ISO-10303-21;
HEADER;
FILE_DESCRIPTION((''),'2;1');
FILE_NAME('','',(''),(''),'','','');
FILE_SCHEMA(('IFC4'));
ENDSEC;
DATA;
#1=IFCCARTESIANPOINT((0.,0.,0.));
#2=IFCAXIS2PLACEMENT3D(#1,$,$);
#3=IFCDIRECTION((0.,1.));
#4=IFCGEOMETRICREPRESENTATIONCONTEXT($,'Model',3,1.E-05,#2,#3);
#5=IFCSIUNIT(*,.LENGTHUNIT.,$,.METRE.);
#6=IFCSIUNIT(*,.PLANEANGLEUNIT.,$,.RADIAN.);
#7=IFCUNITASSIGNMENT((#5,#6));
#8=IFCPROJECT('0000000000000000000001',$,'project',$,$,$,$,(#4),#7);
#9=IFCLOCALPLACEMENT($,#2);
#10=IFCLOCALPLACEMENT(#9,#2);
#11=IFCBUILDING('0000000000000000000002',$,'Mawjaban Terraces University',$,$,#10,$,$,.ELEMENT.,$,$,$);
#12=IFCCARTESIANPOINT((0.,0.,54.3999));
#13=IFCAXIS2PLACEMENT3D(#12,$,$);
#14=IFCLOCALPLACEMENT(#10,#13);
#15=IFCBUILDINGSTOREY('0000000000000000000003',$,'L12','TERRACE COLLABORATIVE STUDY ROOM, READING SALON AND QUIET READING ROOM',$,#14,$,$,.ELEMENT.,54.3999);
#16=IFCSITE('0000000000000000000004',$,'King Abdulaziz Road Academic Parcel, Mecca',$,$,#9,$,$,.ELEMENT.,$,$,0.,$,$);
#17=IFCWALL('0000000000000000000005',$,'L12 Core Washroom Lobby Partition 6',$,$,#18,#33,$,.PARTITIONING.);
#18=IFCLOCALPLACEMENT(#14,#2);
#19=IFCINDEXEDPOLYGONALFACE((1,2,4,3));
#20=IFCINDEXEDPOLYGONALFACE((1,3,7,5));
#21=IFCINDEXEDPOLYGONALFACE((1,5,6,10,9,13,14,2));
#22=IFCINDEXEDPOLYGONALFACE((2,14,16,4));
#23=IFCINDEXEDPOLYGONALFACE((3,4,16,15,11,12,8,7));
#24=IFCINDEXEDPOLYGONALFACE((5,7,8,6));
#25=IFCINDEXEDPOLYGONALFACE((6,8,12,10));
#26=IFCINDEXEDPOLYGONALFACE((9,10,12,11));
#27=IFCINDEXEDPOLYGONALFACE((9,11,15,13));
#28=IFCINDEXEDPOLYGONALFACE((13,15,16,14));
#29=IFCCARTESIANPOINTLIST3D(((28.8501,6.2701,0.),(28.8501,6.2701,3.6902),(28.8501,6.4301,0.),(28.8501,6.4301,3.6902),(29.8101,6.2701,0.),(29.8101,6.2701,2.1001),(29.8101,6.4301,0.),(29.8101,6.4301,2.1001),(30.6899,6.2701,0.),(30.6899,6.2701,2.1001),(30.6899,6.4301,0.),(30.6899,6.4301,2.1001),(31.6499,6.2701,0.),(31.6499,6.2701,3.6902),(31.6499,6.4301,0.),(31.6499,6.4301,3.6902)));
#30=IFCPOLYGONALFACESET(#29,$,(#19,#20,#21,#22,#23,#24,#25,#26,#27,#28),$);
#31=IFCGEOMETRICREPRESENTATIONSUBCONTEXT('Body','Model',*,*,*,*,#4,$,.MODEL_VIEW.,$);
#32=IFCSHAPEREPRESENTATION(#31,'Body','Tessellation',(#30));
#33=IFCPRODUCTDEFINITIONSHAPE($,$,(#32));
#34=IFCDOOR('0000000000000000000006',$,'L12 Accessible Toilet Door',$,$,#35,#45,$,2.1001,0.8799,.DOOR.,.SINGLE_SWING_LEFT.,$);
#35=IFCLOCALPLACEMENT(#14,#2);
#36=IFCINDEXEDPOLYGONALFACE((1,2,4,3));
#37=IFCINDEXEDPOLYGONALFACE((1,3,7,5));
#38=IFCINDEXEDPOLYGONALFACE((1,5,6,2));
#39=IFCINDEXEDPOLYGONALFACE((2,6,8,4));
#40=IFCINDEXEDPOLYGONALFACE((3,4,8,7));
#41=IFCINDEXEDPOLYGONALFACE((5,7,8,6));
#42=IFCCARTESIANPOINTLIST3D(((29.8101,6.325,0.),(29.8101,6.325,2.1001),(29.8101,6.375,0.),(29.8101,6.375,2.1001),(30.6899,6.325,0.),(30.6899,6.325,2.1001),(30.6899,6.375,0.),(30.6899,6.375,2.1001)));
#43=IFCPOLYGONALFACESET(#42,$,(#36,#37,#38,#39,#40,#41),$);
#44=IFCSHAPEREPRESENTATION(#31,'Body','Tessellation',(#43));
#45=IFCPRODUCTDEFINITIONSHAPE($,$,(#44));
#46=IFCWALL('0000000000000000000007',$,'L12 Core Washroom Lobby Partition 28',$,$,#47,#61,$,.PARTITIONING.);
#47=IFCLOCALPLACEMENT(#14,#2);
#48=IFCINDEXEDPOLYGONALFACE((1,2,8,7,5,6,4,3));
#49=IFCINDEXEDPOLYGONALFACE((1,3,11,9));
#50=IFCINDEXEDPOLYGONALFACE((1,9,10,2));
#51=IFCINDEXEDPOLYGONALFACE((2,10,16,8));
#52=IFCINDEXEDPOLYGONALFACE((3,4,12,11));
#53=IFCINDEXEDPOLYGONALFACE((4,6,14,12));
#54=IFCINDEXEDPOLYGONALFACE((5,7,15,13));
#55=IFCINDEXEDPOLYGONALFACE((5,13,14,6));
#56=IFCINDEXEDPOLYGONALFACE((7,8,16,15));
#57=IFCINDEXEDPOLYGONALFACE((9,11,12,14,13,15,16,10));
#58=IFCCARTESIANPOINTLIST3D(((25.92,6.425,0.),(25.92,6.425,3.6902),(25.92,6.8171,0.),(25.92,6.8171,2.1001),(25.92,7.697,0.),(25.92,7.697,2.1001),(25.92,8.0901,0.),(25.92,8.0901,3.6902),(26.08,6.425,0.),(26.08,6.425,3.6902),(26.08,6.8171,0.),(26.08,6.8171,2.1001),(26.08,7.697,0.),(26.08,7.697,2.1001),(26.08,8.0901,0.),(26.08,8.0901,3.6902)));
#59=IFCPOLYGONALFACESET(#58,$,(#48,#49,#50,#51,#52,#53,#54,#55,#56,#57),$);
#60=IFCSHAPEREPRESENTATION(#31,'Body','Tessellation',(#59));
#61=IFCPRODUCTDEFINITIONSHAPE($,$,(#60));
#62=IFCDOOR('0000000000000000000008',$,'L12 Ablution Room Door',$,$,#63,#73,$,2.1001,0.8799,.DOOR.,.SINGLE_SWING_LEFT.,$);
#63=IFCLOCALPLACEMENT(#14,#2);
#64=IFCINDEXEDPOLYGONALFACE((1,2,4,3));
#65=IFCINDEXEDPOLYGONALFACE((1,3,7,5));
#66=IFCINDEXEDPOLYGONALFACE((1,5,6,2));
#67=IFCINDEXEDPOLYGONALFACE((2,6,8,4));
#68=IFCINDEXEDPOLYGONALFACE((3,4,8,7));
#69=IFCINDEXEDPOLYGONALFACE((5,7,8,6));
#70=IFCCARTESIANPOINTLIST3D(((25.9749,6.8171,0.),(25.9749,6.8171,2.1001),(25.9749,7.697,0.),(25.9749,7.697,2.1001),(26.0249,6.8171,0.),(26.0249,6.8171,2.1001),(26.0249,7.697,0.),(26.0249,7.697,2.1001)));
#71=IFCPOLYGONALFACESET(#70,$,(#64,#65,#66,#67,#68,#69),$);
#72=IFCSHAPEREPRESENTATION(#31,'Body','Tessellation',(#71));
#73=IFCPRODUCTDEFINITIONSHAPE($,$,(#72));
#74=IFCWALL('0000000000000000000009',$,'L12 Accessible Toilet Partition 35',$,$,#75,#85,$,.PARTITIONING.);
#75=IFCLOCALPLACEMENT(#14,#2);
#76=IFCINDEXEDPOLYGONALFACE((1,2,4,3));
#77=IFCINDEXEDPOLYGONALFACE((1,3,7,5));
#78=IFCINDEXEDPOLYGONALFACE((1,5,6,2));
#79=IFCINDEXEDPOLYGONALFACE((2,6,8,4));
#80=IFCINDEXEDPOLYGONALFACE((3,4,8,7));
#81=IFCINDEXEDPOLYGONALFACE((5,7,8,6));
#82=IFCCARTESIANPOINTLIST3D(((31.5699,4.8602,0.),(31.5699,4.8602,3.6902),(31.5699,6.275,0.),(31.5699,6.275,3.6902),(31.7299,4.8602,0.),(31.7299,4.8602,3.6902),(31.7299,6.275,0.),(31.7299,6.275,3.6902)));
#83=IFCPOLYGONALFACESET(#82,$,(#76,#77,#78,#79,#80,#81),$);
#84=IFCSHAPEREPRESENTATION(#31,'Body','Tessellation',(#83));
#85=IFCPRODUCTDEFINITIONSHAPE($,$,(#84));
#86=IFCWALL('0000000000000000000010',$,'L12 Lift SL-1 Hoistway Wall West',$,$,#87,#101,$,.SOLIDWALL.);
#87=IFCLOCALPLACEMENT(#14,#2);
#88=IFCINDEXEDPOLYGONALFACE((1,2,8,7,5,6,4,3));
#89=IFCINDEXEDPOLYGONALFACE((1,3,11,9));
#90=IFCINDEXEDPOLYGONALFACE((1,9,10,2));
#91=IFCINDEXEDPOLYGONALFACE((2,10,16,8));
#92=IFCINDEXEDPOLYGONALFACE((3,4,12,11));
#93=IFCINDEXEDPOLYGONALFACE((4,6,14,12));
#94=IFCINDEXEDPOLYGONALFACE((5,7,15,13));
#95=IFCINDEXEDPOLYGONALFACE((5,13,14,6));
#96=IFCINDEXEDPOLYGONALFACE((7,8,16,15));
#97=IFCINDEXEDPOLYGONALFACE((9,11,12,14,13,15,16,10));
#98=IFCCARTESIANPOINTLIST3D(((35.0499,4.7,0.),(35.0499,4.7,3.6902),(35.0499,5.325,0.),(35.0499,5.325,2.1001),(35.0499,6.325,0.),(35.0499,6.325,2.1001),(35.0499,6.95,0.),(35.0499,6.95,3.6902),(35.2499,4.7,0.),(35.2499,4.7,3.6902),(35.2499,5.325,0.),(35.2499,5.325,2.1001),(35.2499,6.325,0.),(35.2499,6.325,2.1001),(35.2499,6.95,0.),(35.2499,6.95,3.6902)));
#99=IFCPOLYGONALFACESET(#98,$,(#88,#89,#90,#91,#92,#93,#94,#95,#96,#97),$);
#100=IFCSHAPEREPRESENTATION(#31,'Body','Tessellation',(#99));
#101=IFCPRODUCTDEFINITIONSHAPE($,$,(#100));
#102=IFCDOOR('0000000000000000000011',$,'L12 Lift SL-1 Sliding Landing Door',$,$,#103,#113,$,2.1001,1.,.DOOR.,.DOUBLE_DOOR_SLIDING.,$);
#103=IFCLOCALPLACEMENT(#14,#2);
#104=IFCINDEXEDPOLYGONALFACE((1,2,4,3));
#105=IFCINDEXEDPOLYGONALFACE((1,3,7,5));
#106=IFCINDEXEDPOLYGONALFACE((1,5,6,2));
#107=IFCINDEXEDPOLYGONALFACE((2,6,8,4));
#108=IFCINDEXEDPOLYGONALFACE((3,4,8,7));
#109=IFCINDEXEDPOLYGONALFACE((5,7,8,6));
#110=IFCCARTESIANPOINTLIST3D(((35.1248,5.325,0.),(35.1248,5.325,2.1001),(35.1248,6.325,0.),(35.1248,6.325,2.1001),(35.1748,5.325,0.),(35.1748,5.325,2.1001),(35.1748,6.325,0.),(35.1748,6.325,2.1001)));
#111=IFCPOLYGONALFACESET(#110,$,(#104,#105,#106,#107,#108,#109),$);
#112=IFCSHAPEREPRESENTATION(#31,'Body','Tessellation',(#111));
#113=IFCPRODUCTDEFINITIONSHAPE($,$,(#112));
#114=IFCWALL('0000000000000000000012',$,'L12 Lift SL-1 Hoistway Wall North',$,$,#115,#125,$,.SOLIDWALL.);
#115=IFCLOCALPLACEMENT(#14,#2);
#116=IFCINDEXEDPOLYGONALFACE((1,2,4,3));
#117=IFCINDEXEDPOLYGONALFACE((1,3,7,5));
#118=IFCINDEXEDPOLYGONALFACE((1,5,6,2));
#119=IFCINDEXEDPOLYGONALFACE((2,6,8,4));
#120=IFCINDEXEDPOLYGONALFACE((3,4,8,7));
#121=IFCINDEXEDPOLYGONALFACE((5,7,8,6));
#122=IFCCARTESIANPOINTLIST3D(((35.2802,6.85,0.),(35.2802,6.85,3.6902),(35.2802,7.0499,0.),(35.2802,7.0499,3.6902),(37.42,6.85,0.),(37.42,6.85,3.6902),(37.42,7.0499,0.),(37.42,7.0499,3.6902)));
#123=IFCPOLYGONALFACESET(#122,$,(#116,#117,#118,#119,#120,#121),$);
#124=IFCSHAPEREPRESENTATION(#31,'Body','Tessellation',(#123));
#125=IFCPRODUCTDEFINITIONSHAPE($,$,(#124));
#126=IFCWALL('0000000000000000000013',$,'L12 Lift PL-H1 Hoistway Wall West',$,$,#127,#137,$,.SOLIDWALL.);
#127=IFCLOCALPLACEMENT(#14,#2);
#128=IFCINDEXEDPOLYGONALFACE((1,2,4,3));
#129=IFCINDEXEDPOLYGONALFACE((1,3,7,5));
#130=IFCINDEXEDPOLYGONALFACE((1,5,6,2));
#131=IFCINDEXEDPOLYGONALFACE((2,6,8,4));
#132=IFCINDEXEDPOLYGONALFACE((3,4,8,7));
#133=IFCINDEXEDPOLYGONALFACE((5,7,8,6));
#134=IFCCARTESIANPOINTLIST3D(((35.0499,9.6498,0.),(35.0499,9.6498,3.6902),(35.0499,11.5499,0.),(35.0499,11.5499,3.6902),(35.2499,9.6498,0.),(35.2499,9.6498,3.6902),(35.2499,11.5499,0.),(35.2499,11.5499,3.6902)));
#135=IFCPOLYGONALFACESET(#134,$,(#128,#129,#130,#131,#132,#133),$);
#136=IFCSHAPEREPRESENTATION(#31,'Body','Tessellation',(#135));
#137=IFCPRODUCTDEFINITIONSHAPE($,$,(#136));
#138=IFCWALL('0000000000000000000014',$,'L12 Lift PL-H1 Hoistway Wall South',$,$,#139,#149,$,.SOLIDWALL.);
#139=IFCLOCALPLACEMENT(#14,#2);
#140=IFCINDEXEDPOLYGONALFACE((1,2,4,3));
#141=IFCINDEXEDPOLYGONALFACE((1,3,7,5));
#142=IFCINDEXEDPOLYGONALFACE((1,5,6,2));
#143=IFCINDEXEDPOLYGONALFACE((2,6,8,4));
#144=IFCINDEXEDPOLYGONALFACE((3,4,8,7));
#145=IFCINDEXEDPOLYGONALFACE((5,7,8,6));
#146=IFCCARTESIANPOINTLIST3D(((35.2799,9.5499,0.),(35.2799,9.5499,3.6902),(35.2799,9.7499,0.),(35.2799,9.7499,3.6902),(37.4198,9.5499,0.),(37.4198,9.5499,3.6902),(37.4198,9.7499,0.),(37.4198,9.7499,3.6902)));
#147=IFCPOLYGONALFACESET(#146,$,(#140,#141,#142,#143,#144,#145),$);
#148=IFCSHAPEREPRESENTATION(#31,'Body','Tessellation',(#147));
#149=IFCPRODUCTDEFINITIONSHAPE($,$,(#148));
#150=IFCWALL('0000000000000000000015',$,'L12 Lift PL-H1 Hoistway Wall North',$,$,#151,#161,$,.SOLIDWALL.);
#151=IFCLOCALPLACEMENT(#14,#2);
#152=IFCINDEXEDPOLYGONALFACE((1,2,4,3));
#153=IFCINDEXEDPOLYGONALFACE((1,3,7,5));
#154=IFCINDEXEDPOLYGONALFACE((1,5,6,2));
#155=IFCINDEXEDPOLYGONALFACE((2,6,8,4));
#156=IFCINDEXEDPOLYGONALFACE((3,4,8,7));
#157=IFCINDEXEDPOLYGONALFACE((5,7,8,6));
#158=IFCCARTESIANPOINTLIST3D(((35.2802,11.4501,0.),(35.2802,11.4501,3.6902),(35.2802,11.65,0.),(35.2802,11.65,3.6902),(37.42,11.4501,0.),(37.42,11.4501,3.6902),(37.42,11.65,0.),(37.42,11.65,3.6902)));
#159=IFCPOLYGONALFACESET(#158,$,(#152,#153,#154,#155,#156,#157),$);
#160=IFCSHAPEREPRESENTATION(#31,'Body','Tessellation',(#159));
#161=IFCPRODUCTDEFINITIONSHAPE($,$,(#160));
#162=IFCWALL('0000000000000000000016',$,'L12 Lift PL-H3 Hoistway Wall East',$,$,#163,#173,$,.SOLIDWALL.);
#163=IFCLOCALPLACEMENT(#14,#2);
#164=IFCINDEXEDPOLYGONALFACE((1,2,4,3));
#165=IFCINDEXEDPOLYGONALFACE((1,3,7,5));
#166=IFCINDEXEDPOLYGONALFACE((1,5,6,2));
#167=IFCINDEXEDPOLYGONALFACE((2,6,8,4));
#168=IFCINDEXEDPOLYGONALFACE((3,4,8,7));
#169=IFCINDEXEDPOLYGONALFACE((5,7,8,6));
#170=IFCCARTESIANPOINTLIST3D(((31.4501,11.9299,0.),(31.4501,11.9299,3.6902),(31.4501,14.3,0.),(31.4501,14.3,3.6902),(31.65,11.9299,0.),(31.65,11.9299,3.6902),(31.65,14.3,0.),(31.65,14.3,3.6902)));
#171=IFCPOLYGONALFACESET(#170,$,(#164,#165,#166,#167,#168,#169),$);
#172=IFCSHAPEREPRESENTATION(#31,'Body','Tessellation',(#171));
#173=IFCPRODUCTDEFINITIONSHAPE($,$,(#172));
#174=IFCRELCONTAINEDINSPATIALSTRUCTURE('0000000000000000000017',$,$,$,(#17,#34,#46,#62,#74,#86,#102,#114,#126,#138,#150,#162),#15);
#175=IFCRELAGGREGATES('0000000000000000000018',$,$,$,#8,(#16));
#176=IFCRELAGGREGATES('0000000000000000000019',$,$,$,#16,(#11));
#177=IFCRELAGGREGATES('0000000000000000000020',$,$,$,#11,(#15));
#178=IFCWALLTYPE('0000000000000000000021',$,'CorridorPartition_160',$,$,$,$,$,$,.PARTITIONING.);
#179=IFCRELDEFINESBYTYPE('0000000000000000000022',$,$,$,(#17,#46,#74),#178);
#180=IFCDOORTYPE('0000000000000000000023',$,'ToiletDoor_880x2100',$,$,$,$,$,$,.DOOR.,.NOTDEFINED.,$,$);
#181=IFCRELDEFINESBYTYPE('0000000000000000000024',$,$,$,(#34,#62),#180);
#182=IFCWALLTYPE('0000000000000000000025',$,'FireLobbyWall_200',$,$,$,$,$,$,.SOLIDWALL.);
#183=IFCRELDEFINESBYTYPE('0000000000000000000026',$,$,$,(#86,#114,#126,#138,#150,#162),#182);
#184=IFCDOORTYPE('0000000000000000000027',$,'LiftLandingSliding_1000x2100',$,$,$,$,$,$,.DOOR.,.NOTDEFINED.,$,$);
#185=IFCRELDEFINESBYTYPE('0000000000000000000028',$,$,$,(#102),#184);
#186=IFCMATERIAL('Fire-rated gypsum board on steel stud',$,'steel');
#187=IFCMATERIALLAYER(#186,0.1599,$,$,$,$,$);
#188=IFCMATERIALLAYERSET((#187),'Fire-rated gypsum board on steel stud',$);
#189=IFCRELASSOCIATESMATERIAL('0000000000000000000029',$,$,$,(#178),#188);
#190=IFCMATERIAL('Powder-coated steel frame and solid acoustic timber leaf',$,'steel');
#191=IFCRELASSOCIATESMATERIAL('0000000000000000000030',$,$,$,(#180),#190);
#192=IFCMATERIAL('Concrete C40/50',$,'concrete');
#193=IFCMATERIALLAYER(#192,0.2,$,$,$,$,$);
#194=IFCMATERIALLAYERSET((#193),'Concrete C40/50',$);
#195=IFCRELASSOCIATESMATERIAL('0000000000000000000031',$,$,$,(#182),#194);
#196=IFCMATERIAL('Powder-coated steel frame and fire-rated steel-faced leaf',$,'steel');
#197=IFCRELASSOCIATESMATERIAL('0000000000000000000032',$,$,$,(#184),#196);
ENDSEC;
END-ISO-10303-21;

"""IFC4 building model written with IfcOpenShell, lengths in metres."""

from ifc_helpers import new_model, si_unit, direction, frame, frame_2d, origin, place, context, subcontext, project, spatial, rectangle, extrude, material, layer, layer_set, type_object, element, fill, save


model = new_model("IFC4")

# Units and contexts
model_context = context("Model", 3, precision=1e-05, world=origin(), true_north=direction((0.0, 1.0)))
body_context = subcontext(model_context, "Body", "Model", "MODEL_VIEW")
ifc_project = project(units=[si_unit("LENGTHUNIT", "METRE"), si_unit("PLANEANGLEUNIT", "RADIAN")], contexts=[model_context])

# Site, building, storey
site_placement = place(None, origin())
site = spatial("IfcSite", under=ifc_project, at=site_placement, Name="King Abdulaziz Road Academic Parcel, Mecca", CompositionType="ELEMENT", RefElevation=0.0)
building_placement = place(site_placement, origin())
building = spatial("IfcBuilding", under=site, at=building_placement, Name="Mawjaban Terraces University", CompositionType="ELEMENT")
storey_placement = place(building_placement, frame((0.0, 0.0, 54.3999)))
storey = spatial("IfcBuildingStorey", under=building, at=storey_placement, Name="L12", Description="TERRACE COLLABORATIVE STUDY ROOM, READING SALON AND QUIET READING ROOM", CompositionType="ELEMENT", Elevation=54.3999)

# Walls, openings, doors
ifc_material_1 = material(Name="Fire-rated gypsum board on steel stud", Category="steel")
ifc_layer_1 = layer(ifc_material_1, 0.1599)
ifc_layer_set_1 = layer_set([ifc_layer_1], Name="Fire-rated gypsum board on steel stud")
wall_type_1 = type_object("IfcWallType", Name="CorridorPartition_160", PredefinedType="PARTITIONING", material=ifc_layer_set_1)
wall_1_placement = place(storey_placement, frame((28.8501, 6.3501, 0.0), z_axis=(0.0, 0.0, 1.0), x_axis=(1.0, 0.0, 0.0)))
wall_1 = element("IfcWall", 1, at=wall_1_placement, inside=storey, type_object=wall_type_1, Name="L12 Core Washroom Lobby Partition 6", PredefinedType="PARTITIONING", context=body_context, shape_type="SweptSolid", body=[
    extrude(rectangle(XDim=2.7998, YDim=0.1599, at=frame_2d((1.3999, 0.0))), origin(), (0.0, 0.0, 1.0), 3.6902),
])
opening_1_placement = place(wall_1_placement, frame((0.96, 0.0, 0.0)))
opening_1 = element("IfcOpeningElement", 2, at=opening_1_placement, cuts=wall_1, PredefinedType="OPENING", context=body_context, shape_type="SweptSolid", body=[
    extrude(rectangle(XDim=0.8799, YDim=2.1001, at=frame_2d((0.4399, 1.05))), frame((0.0, 0.0898, 0.0), z_axis=(0.0, -1.0, 0.0), x_axis=(1.0, 0.0, 0.0)), (0.0, 0.0, 1.0), 0.1799),
])
ifc_material_2 = material(Name="Powder-coated steel frame and solid acoustic timber leaf", Category="steel")
door_type_1 = type_object("IfcDoorType", Name="ToiletDoor_880x2100", OperationType="NOTDEFINED", PredefinedType="DOOR", material=ifc_material_2)
door_1_placement = place(opening_1_placement, origin())
door_1 = element("IfcDoor", 3, at=door_1_placement, inside=storey, type_object=door_type_1, Name="L12 Accessible Toilet Door", OperationType="SINGLE_SWING_LEFT", OverallHeight=2.1001, OverallWidth=0.8799, PredefinedType="DOOR", context=body_context, shape_type="SweptSolid", body=[
    extrude(rectangle(XDim=0.8799, YDim=2.1001, at=frame_2d((0.4399, 1.05))), frame((0.0, 0.0249, 0.0), z_axis=(0.0, -1.0, 0.0), x_axis=(1.0, 0.0, 0.0)), (0.0, 0.0, 1.0), 0.05),
])
fill(opening_1, door_1)
wall_2_placement = place(storey_placement, frame((26.0, 8.0901, 0.0), z_axis=(0.0, 0.0, 1.0), x_axis=(0.0, -1.0, 0.0)))
wall_2 = element("IfcWall", 4, at=wall_2_placement, inside=storey, type_object=wall_type_1, Name="L12 Core Washroom Lobby Partition 28", PredefinedType="PARTITIONING", context=body_context, shape_type="SweptSolid", body=[
    extrude(rectangle(XDim=1.665, YDim=0.1599, at=frame_2d((0.8325, 0.0))), origin(), (0.0, 0.0, 1.0), 3.6902),
])
opening_2_placement = place(wall_2_placement, frame((0.3931, 0.0, 0.0)))
opening_2 = element("IfcOpeningElement", 5, at=opening_2_placement, cuts=wall_2, PredefinedType="OPENING", context=body_context, shape_type="SweptSolid", body=[
    extrude(rectangle(XDim=0.8799, YDim=2.1001, at=frame_2d((0.4399, 1.05))), frame((0.0, 0.0898, 0.0), z_axis=(0.0, -1.0, 0.0), x_axis=(1.0, 0.0, 0.0)), (0.0, 0.0, 1.0), 0.1799),
])
door_2_placement = place(opening_2_placement, origin())
door_2 = element("IfcDoor", 6, at=door_2_placement, inside=storey, type_object=door_type_1, Name="L12 Ablution Room Door", OperationType="SINGLE_SWING_LEFT", OverallHeight=2.1001, OverallWidth=0.8799, PredefinedType="DOOR", context=body_context, shape_type="SweptSolid", body=[
    extrude(rectangle(XDim=0.8799, YDim=2.1001, at=frame_2d((0.4399, 1.05))), frame((0.0, 0.0249, 0.0), z_axis=(0.0, -1.0, 0.0), x_axis=(1.0, 0.0, 0.0)), (0.0, 0.0, 1.0), 0.05),
])
fill(opening_2, door_2)

# Wall
wall_3_placement = place(storey_placement, frame((31.6499, 4.8601, 0.0), z_axis=(0.0, 0.0, 1.0), x_axis=(0.0, 1.0, 0.0)))
element("IfcWall", 7, at=wall_3_placement, inside=storey, type_object=wall_type_1, Name="L12 Accessible Toilet Partition 35", PredefinedType="PARTITIONING", context=body_context, shape_type="SweptSolid", body=[
    extrude(rectangle(XDim=1.4148, YDim=0.1599, at=frame_2d((0.7075, 0.0))), origin(), (0.0, 0.0, 1.0), 3.6902),
])

# Wall, opening, door
ifc_material_3 = material(Name="Concrete C40/50", Category="concrete")
ifc_layer_2 = layer(ifc_material_3, 0.2)
ifc_layer_set_2 = layer_set([ifc_layer_2], Name="Concrete C40/50")
wall_type_2 = type_object("IfcWallType", Name="FireLobbyWall_200", PredefinedType="SOLIDWALL", material=ifc_layer_set_2)
wall_4_placement = place(storey_placement, frame((35.1499, 6.95, 0.0), z_axis=(0.0, 0.0, 1.0), x_axis=(0.0, -1.0, 0.0)))
wall_4 = element("IfcWall", 8, at=wall_4_placement, inside=storey, type_object=wall_type_2, Name="L12 Lift SL-1 Hoistway Wall West", PredefinedType="SOLIDWALL", context=body_context, shape_type="SweptSolid", body=[
    extrude(rectangle(XDim=2.25, YDim=0.2, at=frame_2d((1.125, 0.0))), origin(), (0.0, 0.0, 1.0), 3.6902),
])
opening_3_placement = place(wall_4_placement, frame((0.625, 0.0, 0.0)))
opening_3 = element("IfcOpeningElement", 9, at=opening_3_placement, cuts=wall_4, PredefinedType="OPENING", context=body_context, shape_type="SweptSolid", body=[
    extrude(rectangle(XDim=1.0, YDim=2.1001, at=frame_2d((0.5, 1.05))), frame((0.0, 0.1099, 0.0), z_axis=(0.0, -1.0, 0.0), x_axis=(1.0, 0.0, 0.0)), (0.0, 0.0, 1.0), 0.22),
])
ifc_material_4 = material(Name="Powder-coated steel frame and fire-rated steel-faced leaf", Category="steel")
door_type_2 = type_object("IfcDoorType", Name="LiftLandingSliding_1000x2100", OperationType="NOTDEFINED", PredefinedType="DOOR", material=ifc_material_4)
door_3_placement = place(opening_3_placement, origin())
door_3 = element("IfcDoor", 10, at=door_3_placement, inside=storey, type_object=door_type_2, Name="L12 Lift SL-1 Sliding Landing Door", OperationType="DOUBLE_DOOR_SLIDING", OverallHeight=2.1001, OverallWidth=1.0, PredefinedType="DOOR", context=body_context, shape_type="SweptSolid", body=[
    extrude(rectangle(XDim=1.0, YDim=2.1001, at=frame_2d((0.5, 1.05))), frame((0.0, 0.0249, 0.0), z_axis=(0.0, -1.0, 0.0), x_axis=(1.0, 0.0, 0.0)), (0.0, 0.0, 1.0), 0.05),
])
fill(opening_3, door_3)

# Walls
wall_5_placement = place(storey_placement, frame((37.4199, 6.95, 0.0), z_axis=(0.0, 0.0, 1.0), x_axis=(-1.0, 0.0, 0.0)))
element("IfcWall", 11, at=wall_5_placement, inside=storey, type_object=wall_type_2, Name="L12 Lift SL-1 Hoistway Wall North", PredefinedType="SOLIDWALL", context=body_context, shape_type="SweptSolid", body=[
    extrude(rectangle(XDim=2.1399, YDim=0.2, at=frame_2d((1.0698, 0.0))), origin(), (0.0, 0.0, 1.0), 3.6902),
])
wall_6_placement = place(storey_placement, frame((35.1499, 11.55, 0.0), z_axis=(0.0, 0.0, 1.0), x_axis=(0.0, -1.0, 0.0)))
element("IfcWall", 12, at=wall_6_placement, inside=storey, type_object=wall_type_2, Name="L12 Lift PL-H1 Hoistway Wall West", PredefinedType="SOLIDWALL", context=body_context, shape_type="SweptSolid", body=[
    extrude(rectangle(XDim=1.9001, YDim=0.2, at=frame_2d((0.9502, 0.0))), origin(), (0.0, 0.0, 1.0), 3.6902),
])
for number, where, z_axis, x_axis, name in (
    (13, (35.28, 9.6499, 0.0), (0.0, 0.0, 1.0), (1.0, 0.0, 0.0), "L12 Lift PL-H1 Hoistway Wall South"),
    (14, (37.4199, 11.55, 0.0), (0.0, 0.0, 1.0), (-1.0, 0.0, 0.0), "L12 Lift PL-H1 Hoistway Wall North"),
):
    element("IfcWall", number, at=place(storey_placement, frame(where, z_axis=z_axis, x_axis=x_axis)), inside=storey, type_object=wall_type_2, Name=name, PredefinedType="SOLIDWALL", context=body_context, shape_type="SweptSolid", body=[
        extrude(rectangle(XDim=2.1399, YDim=0.2, at=frame_2d((1.0698, 0.0))), origin(), (0.0, 0.0, 1.0), 3.6902),
    ])
wall_7_placement = place(storey_placement, frame((31.55, 11.9299, 0.0), z_axis=(0.0, 0.0, 1.0), x_axis=(0.0, 1.0, 0.0)))
element("IfcWall", 15, at=wall_7_placement, inside=storey, type_object=wall_type_2, Name="L12 Lift PL-H3 Hoistway Wall East", PredefinedType="SOLIDWALL", context=body_context, shape_type="SweptSolid", body=[
    extrude(rectangle(XDim=2.3701, YDim=0.2, at=frame_2d((1.1851, 0.0))), origin(), (0.0, 0.0, 1.0), 3.6902),
])

save(model, "model.ifc")
